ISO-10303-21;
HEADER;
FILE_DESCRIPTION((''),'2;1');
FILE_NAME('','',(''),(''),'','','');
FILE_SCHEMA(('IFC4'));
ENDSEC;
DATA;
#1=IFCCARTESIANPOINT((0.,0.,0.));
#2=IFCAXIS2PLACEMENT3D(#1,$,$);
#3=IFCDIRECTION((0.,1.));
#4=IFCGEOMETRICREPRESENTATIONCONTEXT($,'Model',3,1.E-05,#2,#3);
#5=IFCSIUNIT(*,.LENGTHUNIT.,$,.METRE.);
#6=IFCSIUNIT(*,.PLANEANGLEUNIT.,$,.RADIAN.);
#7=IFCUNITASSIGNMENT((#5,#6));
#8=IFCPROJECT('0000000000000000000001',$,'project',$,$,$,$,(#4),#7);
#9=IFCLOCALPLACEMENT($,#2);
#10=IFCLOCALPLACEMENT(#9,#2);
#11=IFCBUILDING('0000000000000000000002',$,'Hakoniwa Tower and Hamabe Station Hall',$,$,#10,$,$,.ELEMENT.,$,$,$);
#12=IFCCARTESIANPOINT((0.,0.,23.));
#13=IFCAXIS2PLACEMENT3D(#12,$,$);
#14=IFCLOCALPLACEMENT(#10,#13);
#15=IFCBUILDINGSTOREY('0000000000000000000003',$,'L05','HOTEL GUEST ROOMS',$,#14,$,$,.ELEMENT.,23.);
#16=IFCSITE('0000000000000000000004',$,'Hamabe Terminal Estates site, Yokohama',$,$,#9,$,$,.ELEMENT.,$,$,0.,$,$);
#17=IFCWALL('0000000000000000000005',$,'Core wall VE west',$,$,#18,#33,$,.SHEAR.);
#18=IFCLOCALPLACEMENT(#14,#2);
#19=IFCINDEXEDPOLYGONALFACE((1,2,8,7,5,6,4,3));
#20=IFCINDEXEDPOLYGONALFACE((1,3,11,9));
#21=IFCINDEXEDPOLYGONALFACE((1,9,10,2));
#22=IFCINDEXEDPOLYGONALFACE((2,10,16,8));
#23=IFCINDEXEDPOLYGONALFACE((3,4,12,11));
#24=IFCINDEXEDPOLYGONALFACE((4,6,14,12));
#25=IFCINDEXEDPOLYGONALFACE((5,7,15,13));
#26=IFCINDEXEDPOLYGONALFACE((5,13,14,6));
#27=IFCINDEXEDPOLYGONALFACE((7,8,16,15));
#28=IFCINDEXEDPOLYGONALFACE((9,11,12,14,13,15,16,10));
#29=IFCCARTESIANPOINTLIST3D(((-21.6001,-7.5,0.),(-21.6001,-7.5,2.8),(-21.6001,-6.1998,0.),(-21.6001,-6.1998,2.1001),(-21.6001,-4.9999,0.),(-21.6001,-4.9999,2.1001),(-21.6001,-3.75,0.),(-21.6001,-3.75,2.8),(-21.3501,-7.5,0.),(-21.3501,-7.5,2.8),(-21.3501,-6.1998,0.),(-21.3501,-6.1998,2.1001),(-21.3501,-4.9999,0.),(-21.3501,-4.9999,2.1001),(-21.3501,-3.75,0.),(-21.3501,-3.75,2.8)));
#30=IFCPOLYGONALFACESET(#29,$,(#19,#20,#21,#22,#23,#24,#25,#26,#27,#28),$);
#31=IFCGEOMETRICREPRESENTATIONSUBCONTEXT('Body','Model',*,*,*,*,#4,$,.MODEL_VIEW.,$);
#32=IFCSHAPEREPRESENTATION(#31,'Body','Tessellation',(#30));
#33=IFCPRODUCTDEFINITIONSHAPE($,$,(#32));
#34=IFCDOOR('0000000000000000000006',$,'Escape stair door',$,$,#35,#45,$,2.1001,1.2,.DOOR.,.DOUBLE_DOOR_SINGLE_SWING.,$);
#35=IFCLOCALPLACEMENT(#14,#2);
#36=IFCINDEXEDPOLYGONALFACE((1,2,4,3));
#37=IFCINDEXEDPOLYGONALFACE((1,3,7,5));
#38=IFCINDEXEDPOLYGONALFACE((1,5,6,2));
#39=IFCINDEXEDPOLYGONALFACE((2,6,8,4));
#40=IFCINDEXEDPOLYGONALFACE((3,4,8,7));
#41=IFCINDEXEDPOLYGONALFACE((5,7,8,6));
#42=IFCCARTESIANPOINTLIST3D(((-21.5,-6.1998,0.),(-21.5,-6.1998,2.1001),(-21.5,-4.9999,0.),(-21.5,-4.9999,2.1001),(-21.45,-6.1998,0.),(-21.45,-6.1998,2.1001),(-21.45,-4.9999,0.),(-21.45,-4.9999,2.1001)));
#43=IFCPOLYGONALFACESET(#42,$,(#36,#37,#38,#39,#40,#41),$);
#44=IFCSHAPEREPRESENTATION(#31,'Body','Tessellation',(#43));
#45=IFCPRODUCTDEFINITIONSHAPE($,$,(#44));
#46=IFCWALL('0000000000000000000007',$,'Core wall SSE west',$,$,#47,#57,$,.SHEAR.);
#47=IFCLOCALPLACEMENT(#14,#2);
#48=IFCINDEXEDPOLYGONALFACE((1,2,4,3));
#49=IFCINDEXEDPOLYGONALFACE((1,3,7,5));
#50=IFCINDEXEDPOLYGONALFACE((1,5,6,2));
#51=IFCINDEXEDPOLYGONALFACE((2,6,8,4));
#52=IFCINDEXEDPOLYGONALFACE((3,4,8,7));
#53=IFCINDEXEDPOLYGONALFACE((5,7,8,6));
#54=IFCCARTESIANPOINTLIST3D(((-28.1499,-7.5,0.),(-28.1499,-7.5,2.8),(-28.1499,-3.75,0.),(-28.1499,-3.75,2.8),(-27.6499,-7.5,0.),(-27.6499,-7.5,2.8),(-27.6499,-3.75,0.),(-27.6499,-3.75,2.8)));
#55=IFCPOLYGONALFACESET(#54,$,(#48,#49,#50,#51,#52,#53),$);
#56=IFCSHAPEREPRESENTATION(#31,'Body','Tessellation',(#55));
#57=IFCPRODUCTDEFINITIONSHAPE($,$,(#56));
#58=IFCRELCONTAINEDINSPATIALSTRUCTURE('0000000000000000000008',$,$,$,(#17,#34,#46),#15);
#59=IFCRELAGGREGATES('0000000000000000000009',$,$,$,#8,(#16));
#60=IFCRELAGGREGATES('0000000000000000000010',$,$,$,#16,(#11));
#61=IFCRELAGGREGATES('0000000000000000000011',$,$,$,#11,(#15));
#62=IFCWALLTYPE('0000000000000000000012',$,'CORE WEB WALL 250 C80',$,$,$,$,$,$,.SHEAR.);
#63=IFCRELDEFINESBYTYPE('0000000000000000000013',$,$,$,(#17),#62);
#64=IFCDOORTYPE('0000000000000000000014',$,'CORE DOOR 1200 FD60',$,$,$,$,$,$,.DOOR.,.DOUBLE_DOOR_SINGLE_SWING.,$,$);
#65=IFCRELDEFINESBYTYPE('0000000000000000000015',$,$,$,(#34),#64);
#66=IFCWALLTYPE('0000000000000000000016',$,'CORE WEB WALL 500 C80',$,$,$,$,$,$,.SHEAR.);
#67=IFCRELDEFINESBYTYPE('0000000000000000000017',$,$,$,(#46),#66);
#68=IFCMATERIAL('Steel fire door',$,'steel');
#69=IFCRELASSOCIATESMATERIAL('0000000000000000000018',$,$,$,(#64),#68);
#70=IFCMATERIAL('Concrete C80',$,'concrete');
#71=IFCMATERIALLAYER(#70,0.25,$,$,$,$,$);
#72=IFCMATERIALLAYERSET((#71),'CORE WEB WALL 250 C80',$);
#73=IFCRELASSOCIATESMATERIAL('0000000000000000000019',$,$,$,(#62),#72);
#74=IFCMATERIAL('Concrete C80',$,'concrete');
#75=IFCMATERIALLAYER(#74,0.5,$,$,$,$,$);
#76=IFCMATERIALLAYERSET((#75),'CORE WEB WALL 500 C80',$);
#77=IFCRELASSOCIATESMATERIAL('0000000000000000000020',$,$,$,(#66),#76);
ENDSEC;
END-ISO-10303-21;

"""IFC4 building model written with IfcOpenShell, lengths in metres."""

from ifc_helpers import new_model, si_unit, direction, frame, frame_2d, origin, place, context, subcontext, project, spatial, rectangle, extrude, material, layer, layer_set, type_object, element, fill, save


model = new_model("IFC4")

# Units and contexts
model_context = context("Model", 3, precision=1e-05, world=origin(), true_north=direction((0.0, 1.0)))
body_context = subcontext(model_context, "Body", "Model", "MODEL_VIEW")
ifc_project = project(units=[si_unit("LENGTHUNIT", "METRE"), si_unit("PLANEANGLEUNIT", "RADIAN")], contexts=[model_context])

# Site, building, storey
site_placement = place(None, origin())
site = spatial("IfcSite", under=ifc_project, at=site_placement, Name="Hamabe Terminal Estates site, Yokohama", CompositionType="ELEMENT", RefElevation=0.0)
building_placement = place(site_placement, origin())
building = spatial("IfcBuilding", under=site, at=building_placement, Name="Hakoniwa Tower and Hamabe Station Hall", CompositionType="ELEMENT")
storey_placement = place(building_placement, frame((0.0, 0.0, 23.0)))
storey = spatial("IfcBuildingStorey", under=building, at=storey_placement, Name="L05", Description="HOTEL GUEST ROOMS", CompositionType="ELEMENT", Elevation=23.0)

# Shared definitions
ifc_material_1 = material(Name="Steel fire door", Category="steel")
door_type_1 = type_object("IfcDoorType", Name="CORE DOOR 1200 FD60", OperationType="DOUBLE_DOOR_SINGLE_SWING", PredefinedType="DOOR", material=ifc_material_1)

# Wall, opening, door
ifc_material_2 = material(Name="Concrete C80", Category="concrete")
ifc_layer_1 = layer(ifc_material_2, 0.25)
ifc_layer_set_1 = layer_set([ifc_layer_1], Name="CORE WEB WALL 250 C80")
wall_type_1 = type_object("IfcWallType", Name="CORE WEB WALL 250 C80", PredefinedType="SHEAR", material=ifc_layer_set_1)
wall_1_placement = place(storey_placement, frame((-21.4751, -7.5, 0.0), z_axis=(0.0, 0.0, 1.0), x_axis=(0.0, 1.0, 0.0)))
wall_1 = element("IfcWall", 1, at=wall_1_placement, inside=storey, type_object=wall_type_1, Name="Core wall VE west", PredefinedType="SHEAR", context=body_context, shape_type="SweptSolid", body=[
    extrude(rectangle(XDim=3.75, YDim=0.25, at=frame_2d((1.875, 0.0))), origin(), (0.0, 0.0, 1.0), 2.8),
])
opening_1_placement = place(wall_1_placement, frame((1.3, 0.0, 0.0)))
opening_1 = element("IfcOpeningElement", 2, at=opening_1_placement, cuts=wall_1, PredefinedType="OPENING", context=body_context, shape_type="SweptSolid", body=[
    extrude(rectangle(XDim=1.2, YDim=2.1001, at=frame_2d((0.6001, 1.05))), frame((0.0, 0.135, 0.0), z_axis=(0.0, -1.0, 0.0), x_axis=(1.0, 0.0, 0.0)), (0.0, 0.0, 1.0), 0.27),
])
door_1_placement = place(opening_1_placement, origin())
door_1 = element("IfcDoor", 3, at=door_1_placement, inside=storey, type_object=door_type_1, Name="Escape stair door", OperationType="DOUBLE_DOOR_SINGLE_SWING", OverallHeight=2.1001, OverallWidth=1.2, PredefinedType="DOOR", context=body_context, shape_type="SweptSolid", body=[
    extrude(rectangle(XDim=1.2, YDim=2.1001, at=frame_2d((0.6001, 1.05))), frame((0.0, 0.0249, 0.0), z_axis=(0.0, -1.0, 0.0), x_axis=(1.0, 0.0, 0.0)), (0.0, 0.0, 1.0), 0.05),
])
fill(opening_1, door_1)

# Wall
ifc_material_3 = material(Name="Concrete C80", Category="concrete")
ifc_layer_2 = layer(ifc_material_3, 0.5)
ifc_layer_set_2 = layer_set([ifc_layer_2], Name="CORE WEB WALL 500 C80")
wall_type_2 = type_object("IfcWallType", Name="CORE WEB WALL 500 C80", PredefinedType="SHEAR", material=ifc_layer_set_2)
wall_2_placement = place(storey_placement, frame((-27.8999, -7.5, 0.0), z_axis=(0.0, 0.0, 1.0), x_axis=(0.0, 1.0, 0.0)))
element("IfcWall", 4, at=wall_2_placement, inside=storey, type_object=wall_type_2, Name="Core wall SSE west", PredefinedType="SHEAR", context=body_context, shape_type="SweptSolid", body=[
    extrude(rectangle(XDim=3.75, YDim=0.5, at=frame_2d((1.875, 0.0))), origin(), (0.0, 0.0, 1.0), 2.8),
])

save(model, "model.ifc")
